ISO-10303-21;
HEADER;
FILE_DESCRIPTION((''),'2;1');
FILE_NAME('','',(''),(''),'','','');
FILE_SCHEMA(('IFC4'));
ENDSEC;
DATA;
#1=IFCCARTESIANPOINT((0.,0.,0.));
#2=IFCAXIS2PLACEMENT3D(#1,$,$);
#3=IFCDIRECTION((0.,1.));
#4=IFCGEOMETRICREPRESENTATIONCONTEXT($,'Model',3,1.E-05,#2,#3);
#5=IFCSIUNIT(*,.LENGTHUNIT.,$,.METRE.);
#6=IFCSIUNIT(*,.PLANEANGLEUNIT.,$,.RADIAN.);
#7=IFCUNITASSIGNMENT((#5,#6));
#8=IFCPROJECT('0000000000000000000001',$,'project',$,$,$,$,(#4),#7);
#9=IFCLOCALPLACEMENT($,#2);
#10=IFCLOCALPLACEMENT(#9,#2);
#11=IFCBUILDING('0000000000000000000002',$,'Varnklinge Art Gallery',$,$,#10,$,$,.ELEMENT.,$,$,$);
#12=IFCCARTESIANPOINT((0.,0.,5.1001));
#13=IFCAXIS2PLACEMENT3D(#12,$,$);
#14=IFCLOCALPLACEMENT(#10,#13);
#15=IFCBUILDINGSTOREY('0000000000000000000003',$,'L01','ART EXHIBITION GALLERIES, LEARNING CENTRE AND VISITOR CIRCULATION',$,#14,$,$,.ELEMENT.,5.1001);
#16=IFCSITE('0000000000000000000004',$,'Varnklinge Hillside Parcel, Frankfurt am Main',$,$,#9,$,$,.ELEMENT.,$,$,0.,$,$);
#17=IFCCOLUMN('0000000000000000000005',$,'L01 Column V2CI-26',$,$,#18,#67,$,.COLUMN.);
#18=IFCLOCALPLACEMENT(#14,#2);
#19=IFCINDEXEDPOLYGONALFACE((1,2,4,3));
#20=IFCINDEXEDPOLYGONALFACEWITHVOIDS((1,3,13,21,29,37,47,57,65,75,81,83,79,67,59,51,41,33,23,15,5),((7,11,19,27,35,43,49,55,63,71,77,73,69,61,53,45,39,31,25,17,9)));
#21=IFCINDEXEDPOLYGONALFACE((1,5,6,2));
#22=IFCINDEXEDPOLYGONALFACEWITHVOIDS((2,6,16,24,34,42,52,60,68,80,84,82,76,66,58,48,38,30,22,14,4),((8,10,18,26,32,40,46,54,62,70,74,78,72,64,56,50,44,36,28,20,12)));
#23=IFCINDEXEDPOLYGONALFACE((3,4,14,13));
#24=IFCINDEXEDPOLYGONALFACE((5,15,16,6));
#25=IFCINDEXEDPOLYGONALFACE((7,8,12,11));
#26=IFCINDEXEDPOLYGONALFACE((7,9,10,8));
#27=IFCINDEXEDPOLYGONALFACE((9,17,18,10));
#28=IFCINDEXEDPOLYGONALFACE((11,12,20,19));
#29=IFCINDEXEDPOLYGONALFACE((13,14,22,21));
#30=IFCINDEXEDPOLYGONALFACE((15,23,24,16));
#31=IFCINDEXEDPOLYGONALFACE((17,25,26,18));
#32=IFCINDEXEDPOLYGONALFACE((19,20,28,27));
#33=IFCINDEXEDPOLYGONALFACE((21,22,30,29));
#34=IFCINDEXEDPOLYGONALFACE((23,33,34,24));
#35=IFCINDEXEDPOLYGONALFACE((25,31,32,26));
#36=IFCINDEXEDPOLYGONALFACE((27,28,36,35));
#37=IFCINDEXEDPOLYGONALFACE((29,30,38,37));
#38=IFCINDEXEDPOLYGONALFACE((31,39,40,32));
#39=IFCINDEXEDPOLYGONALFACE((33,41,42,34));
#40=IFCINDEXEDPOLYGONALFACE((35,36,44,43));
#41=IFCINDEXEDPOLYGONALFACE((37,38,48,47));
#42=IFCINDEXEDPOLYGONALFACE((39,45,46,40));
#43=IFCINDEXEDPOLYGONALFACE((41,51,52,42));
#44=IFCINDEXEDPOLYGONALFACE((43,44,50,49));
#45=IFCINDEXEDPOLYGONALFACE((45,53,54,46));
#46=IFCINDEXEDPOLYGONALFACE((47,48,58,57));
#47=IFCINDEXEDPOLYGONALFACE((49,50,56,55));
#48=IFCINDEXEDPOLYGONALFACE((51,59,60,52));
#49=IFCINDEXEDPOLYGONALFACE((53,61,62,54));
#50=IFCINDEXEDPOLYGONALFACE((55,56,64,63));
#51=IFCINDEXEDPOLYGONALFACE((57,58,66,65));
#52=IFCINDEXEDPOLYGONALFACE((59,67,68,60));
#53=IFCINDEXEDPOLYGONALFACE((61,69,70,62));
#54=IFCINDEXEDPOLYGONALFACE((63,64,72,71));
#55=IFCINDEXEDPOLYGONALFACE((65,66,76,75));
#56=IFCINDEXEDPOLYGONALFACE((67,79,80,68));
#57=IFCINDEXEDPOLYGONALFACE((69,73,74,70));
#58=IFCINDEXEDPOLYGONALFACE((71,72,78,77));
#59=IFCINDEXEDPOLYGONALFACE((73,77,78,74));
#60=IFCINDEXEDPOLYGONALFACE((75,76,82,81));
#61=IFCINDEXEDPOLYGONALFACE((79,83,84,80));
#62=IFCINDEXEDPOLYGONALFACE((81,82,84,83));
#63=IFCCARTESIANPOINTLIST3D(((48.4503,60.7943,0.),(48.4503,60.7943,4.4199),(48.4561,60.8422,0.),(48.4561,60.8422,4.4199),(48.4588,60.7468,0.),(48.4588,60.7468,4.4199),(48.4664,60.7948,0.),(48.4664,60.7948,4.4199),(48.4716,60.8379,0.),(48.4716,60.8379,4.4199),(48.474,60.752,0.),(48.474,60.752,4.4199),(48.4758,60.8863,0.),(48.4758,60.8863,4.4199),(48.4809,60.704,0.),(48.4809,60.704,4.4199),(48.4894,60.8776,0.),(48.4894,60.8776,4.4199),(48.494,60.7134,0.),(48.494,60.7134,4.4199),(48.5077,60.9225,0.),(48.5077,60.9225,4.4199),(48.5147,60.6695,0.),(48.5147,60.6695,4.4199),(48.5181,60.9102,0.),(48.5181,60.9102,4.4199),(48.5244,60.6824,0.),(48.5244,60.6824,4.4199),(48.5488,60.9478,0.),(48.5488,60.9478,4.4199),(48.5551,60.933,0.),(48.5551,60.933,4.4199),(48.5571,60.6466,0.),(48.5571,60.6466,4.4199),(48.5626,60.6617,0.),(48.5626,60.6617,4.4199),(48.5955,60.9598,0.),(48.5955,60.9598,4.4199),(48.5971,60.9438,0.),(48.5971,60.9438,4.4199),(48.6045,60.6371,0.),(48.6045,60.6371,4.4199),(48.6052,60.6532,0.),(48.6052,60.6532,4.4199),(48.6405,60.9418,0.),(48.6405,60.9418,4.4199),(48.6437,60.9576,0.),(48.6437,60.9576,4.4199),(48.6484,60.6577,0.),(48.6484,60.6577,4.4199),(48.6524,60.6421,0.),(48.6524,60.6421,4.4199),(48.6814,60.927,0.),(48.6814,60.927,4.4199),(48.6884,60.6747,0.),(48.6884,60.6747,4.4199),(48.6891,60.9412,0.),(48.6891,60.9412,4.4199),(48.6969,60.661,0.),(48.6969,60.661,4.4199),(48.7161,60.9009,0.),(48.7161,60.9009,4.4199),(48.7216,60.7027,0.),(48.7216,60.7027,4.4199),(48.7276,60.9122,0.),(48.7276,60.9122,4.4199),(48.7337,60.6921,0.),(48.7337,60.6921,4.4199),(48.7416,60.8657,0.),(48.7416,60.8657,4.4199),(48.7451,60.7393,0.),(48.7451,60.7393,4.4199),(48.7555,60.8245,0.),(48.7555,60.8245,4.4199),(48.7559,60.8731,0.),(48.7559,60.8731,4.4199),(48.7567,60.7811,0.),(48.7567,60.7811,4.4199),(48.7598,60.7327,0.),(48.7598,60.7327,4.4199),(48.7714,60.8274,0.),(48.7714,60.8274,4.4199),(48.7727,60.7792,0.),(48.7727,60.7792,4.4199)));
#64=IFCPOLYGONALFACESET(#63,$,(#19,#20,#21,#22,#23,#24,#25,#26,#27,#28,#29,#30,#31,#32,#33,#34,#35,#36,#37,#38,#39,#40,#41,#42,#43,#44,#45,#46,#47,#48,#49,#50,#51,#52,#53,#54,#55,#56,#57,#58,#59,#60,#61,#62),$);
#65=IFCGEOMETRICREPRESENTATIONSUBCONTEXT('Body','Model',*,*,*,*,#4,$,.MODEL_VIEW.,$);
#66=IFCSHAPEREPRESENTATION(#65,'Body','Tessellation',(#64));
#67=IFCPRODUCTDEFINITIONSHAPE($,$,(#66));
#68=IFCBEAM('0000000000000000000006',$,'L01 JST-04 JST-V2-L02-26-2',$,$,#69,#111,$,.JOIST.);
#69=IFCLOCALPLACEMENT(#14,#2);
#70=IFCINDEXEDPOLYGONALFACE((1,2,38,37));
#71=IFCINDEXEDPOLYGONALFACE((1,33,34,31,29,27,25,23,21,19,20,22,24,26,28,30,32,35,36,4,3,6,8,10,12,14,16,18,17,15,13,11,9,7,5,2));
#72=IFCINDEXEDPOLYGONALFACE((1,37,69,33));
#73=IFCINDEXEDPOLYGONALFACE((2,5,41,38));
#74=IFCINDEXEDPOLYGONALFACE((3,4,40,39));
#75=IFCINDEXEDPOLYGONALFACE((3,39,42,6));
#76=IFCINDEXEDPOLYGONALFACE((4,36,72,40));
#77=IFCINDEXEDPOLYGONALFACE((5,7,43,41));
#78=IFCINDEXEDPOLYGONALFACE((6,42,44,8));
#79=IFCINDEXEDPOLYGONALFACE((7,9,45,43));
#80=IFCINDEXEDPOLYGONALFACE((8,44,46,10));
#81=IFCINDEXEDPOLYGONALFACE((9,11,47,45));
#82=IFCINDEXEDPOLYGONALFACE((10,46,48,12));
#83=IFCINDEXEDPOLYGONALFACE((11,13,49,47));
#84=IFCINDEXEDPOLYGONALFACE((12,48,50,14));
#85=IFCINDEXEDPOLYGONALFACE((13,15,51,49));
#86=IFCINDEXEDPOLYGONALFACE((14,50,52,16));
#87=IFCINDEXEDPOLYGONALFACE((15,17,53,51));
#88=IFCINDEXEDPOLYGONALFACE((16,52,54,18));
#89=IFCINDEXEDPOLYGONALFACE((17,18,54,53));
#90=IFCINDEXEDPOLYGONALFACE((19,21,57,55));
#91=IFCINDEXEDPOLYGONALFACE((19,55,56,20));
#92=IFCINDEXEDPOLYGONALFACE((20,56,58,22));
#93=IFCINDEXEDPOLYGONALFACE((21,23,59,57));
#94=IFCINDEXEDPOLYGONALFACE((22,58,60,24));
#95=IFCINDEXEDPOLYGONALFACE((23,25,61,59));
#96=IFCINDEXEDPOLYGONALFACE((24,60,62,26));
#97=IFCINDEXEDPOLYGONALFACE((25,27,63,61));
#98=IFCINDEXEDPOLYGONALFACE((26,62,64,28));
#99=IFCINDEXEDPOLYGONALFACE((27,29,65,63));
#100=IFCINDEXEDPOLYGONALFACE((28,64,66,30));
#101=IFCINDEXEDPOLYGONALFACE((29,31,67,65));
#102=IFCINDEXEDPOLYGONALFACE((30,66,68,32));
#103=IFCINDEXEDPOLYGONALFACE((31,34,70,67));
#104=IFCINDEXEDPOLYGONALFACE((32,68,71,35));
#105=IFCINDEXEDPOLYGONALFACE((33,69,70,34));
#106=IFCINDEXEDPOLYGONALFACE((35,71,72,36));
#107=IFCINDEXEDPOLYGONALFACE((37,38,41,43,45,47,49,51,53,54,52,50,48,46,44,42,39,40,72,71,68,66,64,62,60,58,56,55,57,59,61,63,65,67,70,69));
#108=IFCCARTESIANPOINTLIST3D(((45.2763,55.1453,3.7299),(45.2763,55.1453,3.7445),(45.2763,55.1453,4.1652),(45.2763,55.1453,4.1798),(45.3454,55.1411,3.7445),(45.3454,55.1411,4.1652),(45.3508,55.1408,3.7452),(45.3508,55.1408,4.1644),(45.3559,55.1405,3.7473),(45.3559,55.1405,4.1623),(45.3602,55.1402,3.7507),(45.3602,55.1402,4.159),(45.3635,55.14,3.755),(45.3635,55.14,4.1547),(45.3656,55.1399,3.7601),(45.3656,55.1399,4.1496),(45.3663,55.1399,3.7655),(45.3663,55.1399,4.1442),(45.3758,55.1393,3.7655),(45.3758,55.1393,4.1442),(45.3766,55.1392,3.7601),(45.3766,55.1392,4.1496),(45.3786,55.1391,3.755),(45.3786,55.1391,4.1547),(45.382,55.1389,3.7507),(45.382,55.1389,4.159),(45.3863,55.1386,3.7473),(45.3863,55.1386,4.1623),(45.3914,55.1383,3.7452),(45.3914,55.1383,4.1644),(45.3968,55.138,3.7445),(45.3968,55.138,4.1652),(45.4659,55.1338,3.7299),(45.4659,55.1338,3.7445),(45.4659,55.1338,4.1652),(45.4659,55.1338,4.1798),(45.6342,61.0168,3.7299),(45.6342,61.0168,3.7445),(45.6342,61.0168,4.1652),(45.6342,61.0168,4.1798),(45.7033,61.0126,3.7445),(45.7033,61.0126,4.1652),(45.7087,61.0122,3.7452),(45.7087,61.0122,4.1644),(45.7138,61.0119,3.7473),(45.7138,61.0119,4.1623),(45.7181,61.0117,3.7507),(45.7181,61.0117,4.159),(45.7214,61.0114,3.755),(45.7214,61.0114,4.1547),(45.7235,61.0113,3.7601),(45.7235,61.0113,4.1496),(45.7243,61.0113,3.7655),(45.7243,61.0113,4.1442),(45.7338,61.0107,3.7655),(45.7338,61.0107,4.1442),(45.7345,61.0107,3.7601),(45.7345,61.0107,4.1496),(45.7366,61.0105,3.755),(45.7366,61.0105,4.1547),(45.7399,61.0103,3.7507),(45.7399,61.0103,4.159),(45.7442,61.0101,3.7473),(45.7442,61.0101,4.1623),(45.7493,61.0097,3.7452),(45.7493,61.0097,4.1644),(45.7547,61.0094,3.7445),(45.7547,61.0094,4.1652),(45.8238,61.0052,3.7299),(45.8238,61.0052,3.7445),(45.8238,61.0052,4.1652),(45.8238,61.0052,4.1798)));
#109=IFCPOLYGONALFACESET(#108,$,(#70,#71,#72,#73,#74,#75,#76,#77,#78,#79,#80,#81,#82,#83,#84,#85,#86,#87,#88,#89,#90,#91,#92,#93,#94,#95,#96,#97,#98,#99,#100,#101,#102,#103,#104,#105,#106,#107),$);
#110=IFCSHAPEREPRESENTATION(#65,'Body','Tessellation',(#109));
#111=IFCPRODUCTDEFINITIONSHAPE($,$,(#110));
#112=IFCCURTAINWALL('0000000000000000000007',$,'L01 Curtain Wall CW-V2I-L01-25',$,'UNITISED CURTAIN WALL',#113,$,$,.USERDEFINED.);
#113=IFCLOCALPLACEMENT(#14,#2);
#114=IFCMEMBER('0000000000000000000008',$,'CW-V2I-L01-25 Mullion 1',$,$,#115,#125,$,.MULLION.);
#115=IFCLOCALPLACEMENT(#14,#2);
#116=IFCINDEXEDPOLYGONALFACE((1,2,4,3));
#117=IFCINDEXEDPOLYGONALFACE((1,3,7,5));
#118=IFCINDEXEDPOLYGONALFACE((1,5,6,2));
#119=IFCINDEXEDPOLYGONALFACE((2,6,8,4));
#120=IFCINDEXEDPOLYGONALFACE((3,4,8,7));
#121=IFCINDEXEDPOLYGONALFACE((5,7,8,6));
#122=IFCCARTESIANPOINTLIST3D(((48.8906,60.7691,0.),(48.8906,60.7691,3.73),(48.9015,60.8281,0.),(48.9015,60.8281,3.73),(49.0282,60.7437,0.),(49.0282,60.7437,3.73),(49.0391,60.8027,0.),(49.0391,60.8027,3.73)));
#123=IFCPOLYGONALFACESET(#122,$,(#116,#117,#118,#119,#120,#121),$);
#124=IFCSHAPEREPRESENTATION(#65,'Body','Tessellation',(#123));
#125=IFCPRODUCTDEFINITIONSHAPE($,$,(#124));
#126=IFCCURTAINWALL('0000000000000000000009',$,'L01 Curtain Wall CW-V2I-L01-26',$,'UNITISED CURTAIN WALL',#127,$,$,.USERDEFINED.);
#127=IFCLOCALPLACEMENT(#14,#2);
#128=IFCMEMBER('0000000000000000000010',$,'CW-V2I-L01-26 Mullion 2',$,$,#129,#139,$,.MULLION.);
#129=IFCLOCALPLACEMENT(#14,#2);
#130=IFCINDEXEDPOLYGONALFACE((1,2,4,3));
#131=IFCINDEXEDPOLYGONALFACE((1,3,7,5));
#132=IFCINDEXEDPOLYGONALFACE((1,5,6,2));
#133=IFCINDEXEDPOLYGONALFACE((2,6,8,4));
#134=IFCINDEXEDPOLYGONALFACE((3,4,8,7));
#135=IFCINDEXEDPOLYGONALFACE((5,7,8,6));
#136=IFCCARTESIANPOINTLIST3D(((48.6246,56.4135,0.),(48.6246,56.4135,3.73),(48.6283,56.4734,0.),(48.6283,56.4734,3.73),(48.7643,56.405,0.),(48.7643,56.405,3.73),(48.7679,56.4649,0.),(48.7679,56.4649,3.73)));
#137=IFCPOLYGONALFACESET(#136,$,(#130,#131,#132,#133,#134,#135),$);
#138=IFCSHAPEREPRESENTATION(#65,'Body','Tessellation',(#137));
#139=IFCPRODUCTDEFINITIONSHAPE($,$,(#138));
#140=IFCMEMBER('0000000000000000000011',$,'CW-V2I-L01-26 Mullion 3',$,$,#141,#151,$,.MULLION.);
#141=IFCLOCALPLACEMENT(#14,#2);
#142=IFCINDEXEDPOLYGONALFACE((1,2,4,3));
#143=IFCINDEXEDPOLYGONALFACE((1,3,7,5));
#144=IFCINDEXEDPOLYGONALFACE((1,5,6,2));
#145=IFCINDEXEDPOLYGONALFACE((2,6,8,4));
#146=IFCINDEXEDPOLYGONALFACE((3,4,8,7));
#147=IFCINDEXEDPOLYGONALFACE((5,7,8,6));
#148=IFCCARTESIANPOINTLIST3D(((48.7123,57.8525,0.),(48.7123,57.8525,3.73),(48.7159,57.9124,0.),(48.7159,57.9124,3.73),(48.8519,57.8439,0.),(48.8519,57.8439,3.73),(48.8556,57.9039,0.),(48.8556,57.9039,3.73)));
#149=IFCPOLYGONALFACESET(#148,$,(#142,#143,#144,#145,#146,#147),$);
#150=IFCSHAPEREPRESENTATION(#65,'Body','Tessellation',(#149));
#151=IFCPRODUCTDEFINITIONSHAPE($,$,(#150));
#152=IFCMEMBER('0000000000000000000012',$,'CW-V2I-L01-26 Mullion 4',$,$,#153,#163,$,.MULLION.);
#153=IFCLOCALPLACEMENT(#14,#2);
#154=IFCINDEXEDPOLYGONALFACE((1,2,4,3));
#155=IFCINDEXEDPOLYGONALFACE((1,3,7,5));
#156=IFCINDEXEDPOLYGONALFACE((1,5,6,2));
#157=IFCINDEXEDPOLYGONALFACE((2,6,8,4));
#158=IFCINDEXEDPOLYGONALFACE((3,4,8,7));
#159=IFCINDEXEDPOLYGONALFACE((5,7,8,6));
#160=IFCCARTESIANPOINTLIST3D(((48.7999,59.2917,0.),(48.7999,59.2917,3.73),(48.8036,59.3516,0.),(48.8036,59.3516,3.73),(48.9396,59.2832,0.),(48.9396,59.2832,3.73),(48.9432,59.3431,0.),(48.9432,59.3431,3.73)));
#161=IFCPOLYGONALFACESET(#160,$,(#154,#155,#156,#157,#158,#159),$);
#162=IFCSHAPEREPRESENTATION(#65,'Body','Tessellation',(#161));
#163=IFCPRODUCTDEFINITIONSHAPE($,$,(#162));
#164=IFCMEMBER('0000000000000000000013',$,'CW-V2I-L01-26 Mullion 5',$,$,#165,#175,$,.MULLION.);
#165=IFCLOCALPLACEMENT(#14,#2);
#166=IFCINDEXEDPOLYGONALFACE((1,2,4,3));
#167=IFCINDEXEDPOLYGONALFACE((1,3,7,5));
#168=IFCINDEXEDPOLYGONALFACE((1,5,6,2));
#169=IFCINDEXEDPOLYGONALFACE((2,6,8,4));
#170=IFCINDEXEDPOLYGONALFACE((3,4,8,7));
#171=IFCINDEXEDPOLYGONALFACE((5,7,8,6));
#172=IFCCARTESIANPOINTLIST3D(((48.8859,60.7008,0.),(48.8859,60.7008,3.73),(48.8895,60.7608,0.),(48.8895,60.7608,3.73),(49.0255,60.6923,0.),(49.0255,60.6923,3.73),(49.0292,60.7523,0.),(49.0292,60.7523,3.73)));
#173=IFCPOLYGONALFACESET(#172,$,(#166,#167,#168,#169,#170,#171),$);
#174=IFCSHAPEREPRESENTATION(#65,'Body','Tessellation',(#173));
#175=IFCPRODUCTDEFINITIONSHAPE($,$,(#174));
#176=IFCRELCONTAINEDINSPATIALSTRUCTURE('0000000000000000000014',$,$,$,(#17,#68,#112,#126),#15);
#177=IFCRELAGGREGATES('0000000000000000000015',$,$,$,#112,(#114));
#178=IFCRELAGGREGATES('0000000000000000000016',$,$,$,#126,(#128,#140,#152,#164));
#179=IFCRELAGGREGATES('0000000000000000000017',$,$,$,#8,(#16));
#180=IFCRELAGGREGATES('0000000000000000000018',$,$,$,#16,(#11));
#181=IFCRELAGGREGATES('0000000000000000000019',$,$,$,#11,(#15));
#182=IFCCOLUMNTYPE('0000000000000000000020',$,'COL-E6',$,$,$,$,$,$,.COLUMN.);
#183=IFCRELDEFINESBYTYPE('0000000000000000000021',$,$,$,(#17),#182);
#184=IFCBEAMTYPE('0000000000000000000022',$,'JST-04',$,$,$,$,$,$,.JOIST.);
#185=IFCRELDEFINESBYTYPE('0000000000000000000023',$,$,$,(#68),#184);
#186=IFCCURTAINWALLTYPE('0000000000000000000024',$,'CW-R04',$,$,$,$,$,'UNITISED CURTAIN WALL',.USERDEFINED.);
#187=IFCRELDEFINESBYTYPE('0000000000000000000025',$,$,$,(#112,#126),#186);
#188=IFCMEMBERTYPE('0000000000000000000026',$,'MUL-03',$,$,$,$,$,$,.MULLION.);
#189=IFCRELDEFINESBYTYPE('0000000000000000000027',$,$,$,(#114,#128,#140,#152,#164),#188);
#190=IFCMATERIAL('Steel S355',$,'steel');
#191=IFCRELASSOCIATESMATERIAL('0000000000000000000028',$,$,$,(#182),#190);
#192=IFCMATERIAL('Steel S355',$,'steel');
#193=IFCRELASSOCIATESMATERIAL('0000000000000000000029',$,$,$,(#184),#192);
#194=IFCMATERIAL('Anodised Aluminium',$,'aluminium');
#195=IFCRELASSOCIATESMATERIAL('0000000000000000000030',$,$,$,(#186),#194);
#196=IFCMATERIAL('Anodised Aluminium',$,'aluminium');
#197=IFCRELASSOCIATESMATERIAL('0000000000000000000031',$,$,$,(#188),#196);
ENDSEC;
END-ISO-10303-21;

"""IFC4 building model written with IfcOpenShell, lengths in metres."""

from ifc_helpers import new_model, si_unit, direction, frame, origin, origin_2d, place, context, subcontext, project, spatial, rectangle, hollow_circle, i_section, extrude, material, material_profile, profile_set, type_object, element, aggregate, save


model = new_model("IFC4")

# Units and contexts
model_context = context("Model", 3, precision=1e-05, world=origin(), true_north=direction((0.0, 1.0)))
body_context = subcontext(model_context, "Body", "Model", "MODEL_VIEW")
ifc_project = project(units=[si_unit("LENGTHUNIT", "METRE"), si_unit("PLANEANGLEUNIT", "RADIAN")], contexts=[model_context])

# Site, building, storey
site_placement = place(None, origin())
site = spatial("IfcSite", under=ifc_project, at=site_placement, Name="Varnklinge Hillside Parcel, Frankfurt am Main", CompositionType="ELEMENT", RefElevation=0.0)
building_placement = place(site_placement, origin())
building = spatial("IfcBuilding", under=site, at=building_placement, Name="Varnklinge Art Gallery", CompositionType="ELEMENT")
storey_placement = place(building_placement, frame((0.0, 0.0, 5.1001)))
storey = spatial("IfcBuildingStorey", under=building, at=storey_placement, Name="L01", Description="ART EXHIBITION GALLERIES, LEARNING CENTRE AND VISITOR CIRCULATION", CompositionType="ELEMENT", Elevation=5.1001)

# Column
ifc_material_1 = material(Name="Steel S355", Category="steel")
ifc_material_profile_1 = material_profile(ifc_material_1, hollow_circle(Radius=0.1619, WallThickness=0.0161, at=origin_2d()), Name="CHS 323.9x16")
ifc_profile_set_1 = profile_set([ifc_material_profile_1], Name="Steel S355")
column_type = type_object("IfcColumnType", Name="COL-E6", PredefinedType="COLUMN", material=ifc_profile_set_1)
column_placement = place(storey_placement, frame((48.6121, 60.7988, 0.0), z_axis=(0.0, 0.0, 1.0), x_axis=(0.992589, -0.121523, 0.0)))
element("IfcColumn", 1, at=column_placement, inside=storey, type_object=column_type, Name="L01 Column V2CI-26", PredefinedType="COLUMN", context=body_context, shape_type="SweptSolid", body=[
    extrude(hollow_circle(Radius=0.1619, WallThickness=0.0161, at=origin_2d()), origin(), (0.0, 0.0, 1.0), 4.4199),
])

# Beam
ifc_material_2 = material(Name="Steel S355", Category="steel")
ifc_material_profile_2 = material_profile(ifc_material_2, i_section(OverallWidth=0.1899, OverallDepth=0.45, WebThickness=0.0095, FlangeThickness=0.0146, FilletRadius=0.021, at=origin_2d()), Name="IPE 450")
ifc_profile_set_2 = profile_set([ifc_material_profile_2], Name="Steel S355")
beam_type_1 = type_object("IfcBeamType", Name="JST-04", PredefinedType="JOIST", material=ifc_profile_set_2)
beam_1_placement = place(storey_placement, frame((45.729, 61.011, 3.9548), z_axis=(-0.060846, -0.998147, 0.0), x_axis=(0.998147, -0.060846, 0.0)))
element("IfcBeam", 2, at=beam_1_placement, inside=storey, type_object=beam_type_1, Name="L01 JST-04 JST-V2-L02-26-2", PredefinedType="JOIST", context=body_context, shape_type="SweptSolid", body=[
    extrude(i_section(OverallWidth=0.1899, OverallDepth=0.45, WebThickness=0.0095, FlangeThickness=0.0146, FilletRadius=0.021, at=origin_2d()), origin(), (0.0, 0.0, 1.0), 5.8823),
])

# Curtain wall, member
ifc_material_3 = material(Name="Anodised Aluminium", Category="aluminium")
curtain_wall_type = type_object("IfcCurtainWallType", Name="CW-R04", ElementType="UNITISED CURTAIN WALL", PredefinedType="USERDEFINED", material=ifc_material_3)
curtain_wall_1_placement = place(storey_placement, origin())
curtain_wall_1 = element("IfcCurtainWall", 3, at=curtain_wall_1_placement, inside=storey, type_object=curtain_wall_type, Name="L01 Curtain Wall CW-V2I-L01-25", ObjectType="UNITISED CURTAIN WALL", PredefinedType="USERDEFINED")
ifc_material_4 = material(Name="Anodised Aluminium", Category="aluminium")
ifc_material_profile_3 = material_profile(ifc_material_4, rectangle(XDim=0.0601, YDim=0.1399, at=origin_2d()), Name="ALU 60x140")
ifc_profile_set_3 = profile_set([ifc_material_profile_3], Name="Anodised Aluminium")
member_type_1 = type_object("IfcMemberType", Name="MUL-03", PredefinedType="MULLION", material=ifc_profile_set_3)
member_1_placement = place(storey_placement, frame((48.9648, 60.7859, 0.0), z_axis=(0.0, 0.0, 1.0), x_axis=(0.181549, 0.983382, 0.0)))
member_1 = element("IfcMember", 4, at=member_1_placement, type_object=member_type_1, Name="CW-V2I-L01-25 Mullion 1", PredefinedType="MULLION", context=body_context, shape_type="SweptSolid", body=[
    extrude(rectangle(XDim=0.0601, YDim=0.1399, at=origin_2d()), origin(), (0.0, 0.0, 1.0), 3.73),
])

# Curtain wall, members
curtain_wall_2_placement = place(storey_placement, origin())
curtain_wall_2 = element("IfcCurtainWall", 5, at=curtain_wall_2_placement, inside=storey, type_object=curtain_wall_type, Name="L01 Curtain Wall CW-V2I-L01-26", ObjectType="UNITISED CURTAIN WALL", PredefinedType="USERDEFINED")
member_2_placement = place(storey_placement, frame((48.6963, 56.4392, 0.0), z_axis=(0.0, 0.0, 1.0), x_axis=(0.060874, 0.998145, 0.0)))
member_2 = element("IfcMember", 6, at=member_2_placement, type_object=member_type_1, Name="CW-V2I-L01-26 Mullion 2", PredefinedType="MULLION", context=body_context, shape_type="SweptSolid", body=[
    extrude(rectangle(XDim=0.0601, YDim=0.1399, at=origin_2d()), origin(), (0.0, 0.0, 1.0), 3.73),
])
member_3_placement = place(storey_placement, frame((48.7839, 57.8782, 0.0), z_axis=(0.0, 0.0, 1.0), x_axis=(0.060874, 0.998145, 0.0)))
member_3 = element("IfcMember", 7, at=member_3_placement, type_object=member_type_1, Name="CW-V2I-L01-26 Mullion 3", PredefinedType="MULLION", context=body_context, shape_type="SweptSolid", body=[
    extrude(rectangle(XDim=0.0601, YDim=0.1399, at=origin_2d()), origin(), (0.0, 0.0, 1.0), 3.73),
])
member_4_placement = place(storey_placement, frame((48.8716, 59.3174, 0.0), z_axis=(0.0, 0.0, 1.0), x_axis=(0.060874, 0.998145, 0.0)))
member_4 = element("IfcMember", 8, at=member_4_placement, type_object=member_type_1, Name="CW-V2I-L01-26 Mullion 4", PredefinedType="MULLION", context=body_context, shape_type="SweptSolid", body=[
    extrude(rectangle(XDim=0.0601, YDim=0.1399, at=origin_2d()), origin(), (0.0, 0.0, 1.0), 3.73),
])
member_5_placement = place(storey_placement, frame((48.9575, 60.7266, 0.0), z_axis=(0.0, 0.0, 1.0), x_axis=(0.060874, 0.998145, 0.0)))
member_5 = element("IfcMember", 9, at=member_5_placement, type_object=member_type_1, Name="CW-V2I-L01-26 Mullion 5", PredefinedType="MULLION", context=body_context, shape_type="SweptSolid", body=[
    extrude(rectangle(XDim=0.0601, YDim=0.1399, at=origin_2d()), origin(), (0.0, 0.0, 1.0), 3.73),
])

aggregate(curtain_wall_1, [member_1])

aggregate(curtain_wall_2, [member_2, member_3, member_4, member_5])

save(model, "model.ifc")
